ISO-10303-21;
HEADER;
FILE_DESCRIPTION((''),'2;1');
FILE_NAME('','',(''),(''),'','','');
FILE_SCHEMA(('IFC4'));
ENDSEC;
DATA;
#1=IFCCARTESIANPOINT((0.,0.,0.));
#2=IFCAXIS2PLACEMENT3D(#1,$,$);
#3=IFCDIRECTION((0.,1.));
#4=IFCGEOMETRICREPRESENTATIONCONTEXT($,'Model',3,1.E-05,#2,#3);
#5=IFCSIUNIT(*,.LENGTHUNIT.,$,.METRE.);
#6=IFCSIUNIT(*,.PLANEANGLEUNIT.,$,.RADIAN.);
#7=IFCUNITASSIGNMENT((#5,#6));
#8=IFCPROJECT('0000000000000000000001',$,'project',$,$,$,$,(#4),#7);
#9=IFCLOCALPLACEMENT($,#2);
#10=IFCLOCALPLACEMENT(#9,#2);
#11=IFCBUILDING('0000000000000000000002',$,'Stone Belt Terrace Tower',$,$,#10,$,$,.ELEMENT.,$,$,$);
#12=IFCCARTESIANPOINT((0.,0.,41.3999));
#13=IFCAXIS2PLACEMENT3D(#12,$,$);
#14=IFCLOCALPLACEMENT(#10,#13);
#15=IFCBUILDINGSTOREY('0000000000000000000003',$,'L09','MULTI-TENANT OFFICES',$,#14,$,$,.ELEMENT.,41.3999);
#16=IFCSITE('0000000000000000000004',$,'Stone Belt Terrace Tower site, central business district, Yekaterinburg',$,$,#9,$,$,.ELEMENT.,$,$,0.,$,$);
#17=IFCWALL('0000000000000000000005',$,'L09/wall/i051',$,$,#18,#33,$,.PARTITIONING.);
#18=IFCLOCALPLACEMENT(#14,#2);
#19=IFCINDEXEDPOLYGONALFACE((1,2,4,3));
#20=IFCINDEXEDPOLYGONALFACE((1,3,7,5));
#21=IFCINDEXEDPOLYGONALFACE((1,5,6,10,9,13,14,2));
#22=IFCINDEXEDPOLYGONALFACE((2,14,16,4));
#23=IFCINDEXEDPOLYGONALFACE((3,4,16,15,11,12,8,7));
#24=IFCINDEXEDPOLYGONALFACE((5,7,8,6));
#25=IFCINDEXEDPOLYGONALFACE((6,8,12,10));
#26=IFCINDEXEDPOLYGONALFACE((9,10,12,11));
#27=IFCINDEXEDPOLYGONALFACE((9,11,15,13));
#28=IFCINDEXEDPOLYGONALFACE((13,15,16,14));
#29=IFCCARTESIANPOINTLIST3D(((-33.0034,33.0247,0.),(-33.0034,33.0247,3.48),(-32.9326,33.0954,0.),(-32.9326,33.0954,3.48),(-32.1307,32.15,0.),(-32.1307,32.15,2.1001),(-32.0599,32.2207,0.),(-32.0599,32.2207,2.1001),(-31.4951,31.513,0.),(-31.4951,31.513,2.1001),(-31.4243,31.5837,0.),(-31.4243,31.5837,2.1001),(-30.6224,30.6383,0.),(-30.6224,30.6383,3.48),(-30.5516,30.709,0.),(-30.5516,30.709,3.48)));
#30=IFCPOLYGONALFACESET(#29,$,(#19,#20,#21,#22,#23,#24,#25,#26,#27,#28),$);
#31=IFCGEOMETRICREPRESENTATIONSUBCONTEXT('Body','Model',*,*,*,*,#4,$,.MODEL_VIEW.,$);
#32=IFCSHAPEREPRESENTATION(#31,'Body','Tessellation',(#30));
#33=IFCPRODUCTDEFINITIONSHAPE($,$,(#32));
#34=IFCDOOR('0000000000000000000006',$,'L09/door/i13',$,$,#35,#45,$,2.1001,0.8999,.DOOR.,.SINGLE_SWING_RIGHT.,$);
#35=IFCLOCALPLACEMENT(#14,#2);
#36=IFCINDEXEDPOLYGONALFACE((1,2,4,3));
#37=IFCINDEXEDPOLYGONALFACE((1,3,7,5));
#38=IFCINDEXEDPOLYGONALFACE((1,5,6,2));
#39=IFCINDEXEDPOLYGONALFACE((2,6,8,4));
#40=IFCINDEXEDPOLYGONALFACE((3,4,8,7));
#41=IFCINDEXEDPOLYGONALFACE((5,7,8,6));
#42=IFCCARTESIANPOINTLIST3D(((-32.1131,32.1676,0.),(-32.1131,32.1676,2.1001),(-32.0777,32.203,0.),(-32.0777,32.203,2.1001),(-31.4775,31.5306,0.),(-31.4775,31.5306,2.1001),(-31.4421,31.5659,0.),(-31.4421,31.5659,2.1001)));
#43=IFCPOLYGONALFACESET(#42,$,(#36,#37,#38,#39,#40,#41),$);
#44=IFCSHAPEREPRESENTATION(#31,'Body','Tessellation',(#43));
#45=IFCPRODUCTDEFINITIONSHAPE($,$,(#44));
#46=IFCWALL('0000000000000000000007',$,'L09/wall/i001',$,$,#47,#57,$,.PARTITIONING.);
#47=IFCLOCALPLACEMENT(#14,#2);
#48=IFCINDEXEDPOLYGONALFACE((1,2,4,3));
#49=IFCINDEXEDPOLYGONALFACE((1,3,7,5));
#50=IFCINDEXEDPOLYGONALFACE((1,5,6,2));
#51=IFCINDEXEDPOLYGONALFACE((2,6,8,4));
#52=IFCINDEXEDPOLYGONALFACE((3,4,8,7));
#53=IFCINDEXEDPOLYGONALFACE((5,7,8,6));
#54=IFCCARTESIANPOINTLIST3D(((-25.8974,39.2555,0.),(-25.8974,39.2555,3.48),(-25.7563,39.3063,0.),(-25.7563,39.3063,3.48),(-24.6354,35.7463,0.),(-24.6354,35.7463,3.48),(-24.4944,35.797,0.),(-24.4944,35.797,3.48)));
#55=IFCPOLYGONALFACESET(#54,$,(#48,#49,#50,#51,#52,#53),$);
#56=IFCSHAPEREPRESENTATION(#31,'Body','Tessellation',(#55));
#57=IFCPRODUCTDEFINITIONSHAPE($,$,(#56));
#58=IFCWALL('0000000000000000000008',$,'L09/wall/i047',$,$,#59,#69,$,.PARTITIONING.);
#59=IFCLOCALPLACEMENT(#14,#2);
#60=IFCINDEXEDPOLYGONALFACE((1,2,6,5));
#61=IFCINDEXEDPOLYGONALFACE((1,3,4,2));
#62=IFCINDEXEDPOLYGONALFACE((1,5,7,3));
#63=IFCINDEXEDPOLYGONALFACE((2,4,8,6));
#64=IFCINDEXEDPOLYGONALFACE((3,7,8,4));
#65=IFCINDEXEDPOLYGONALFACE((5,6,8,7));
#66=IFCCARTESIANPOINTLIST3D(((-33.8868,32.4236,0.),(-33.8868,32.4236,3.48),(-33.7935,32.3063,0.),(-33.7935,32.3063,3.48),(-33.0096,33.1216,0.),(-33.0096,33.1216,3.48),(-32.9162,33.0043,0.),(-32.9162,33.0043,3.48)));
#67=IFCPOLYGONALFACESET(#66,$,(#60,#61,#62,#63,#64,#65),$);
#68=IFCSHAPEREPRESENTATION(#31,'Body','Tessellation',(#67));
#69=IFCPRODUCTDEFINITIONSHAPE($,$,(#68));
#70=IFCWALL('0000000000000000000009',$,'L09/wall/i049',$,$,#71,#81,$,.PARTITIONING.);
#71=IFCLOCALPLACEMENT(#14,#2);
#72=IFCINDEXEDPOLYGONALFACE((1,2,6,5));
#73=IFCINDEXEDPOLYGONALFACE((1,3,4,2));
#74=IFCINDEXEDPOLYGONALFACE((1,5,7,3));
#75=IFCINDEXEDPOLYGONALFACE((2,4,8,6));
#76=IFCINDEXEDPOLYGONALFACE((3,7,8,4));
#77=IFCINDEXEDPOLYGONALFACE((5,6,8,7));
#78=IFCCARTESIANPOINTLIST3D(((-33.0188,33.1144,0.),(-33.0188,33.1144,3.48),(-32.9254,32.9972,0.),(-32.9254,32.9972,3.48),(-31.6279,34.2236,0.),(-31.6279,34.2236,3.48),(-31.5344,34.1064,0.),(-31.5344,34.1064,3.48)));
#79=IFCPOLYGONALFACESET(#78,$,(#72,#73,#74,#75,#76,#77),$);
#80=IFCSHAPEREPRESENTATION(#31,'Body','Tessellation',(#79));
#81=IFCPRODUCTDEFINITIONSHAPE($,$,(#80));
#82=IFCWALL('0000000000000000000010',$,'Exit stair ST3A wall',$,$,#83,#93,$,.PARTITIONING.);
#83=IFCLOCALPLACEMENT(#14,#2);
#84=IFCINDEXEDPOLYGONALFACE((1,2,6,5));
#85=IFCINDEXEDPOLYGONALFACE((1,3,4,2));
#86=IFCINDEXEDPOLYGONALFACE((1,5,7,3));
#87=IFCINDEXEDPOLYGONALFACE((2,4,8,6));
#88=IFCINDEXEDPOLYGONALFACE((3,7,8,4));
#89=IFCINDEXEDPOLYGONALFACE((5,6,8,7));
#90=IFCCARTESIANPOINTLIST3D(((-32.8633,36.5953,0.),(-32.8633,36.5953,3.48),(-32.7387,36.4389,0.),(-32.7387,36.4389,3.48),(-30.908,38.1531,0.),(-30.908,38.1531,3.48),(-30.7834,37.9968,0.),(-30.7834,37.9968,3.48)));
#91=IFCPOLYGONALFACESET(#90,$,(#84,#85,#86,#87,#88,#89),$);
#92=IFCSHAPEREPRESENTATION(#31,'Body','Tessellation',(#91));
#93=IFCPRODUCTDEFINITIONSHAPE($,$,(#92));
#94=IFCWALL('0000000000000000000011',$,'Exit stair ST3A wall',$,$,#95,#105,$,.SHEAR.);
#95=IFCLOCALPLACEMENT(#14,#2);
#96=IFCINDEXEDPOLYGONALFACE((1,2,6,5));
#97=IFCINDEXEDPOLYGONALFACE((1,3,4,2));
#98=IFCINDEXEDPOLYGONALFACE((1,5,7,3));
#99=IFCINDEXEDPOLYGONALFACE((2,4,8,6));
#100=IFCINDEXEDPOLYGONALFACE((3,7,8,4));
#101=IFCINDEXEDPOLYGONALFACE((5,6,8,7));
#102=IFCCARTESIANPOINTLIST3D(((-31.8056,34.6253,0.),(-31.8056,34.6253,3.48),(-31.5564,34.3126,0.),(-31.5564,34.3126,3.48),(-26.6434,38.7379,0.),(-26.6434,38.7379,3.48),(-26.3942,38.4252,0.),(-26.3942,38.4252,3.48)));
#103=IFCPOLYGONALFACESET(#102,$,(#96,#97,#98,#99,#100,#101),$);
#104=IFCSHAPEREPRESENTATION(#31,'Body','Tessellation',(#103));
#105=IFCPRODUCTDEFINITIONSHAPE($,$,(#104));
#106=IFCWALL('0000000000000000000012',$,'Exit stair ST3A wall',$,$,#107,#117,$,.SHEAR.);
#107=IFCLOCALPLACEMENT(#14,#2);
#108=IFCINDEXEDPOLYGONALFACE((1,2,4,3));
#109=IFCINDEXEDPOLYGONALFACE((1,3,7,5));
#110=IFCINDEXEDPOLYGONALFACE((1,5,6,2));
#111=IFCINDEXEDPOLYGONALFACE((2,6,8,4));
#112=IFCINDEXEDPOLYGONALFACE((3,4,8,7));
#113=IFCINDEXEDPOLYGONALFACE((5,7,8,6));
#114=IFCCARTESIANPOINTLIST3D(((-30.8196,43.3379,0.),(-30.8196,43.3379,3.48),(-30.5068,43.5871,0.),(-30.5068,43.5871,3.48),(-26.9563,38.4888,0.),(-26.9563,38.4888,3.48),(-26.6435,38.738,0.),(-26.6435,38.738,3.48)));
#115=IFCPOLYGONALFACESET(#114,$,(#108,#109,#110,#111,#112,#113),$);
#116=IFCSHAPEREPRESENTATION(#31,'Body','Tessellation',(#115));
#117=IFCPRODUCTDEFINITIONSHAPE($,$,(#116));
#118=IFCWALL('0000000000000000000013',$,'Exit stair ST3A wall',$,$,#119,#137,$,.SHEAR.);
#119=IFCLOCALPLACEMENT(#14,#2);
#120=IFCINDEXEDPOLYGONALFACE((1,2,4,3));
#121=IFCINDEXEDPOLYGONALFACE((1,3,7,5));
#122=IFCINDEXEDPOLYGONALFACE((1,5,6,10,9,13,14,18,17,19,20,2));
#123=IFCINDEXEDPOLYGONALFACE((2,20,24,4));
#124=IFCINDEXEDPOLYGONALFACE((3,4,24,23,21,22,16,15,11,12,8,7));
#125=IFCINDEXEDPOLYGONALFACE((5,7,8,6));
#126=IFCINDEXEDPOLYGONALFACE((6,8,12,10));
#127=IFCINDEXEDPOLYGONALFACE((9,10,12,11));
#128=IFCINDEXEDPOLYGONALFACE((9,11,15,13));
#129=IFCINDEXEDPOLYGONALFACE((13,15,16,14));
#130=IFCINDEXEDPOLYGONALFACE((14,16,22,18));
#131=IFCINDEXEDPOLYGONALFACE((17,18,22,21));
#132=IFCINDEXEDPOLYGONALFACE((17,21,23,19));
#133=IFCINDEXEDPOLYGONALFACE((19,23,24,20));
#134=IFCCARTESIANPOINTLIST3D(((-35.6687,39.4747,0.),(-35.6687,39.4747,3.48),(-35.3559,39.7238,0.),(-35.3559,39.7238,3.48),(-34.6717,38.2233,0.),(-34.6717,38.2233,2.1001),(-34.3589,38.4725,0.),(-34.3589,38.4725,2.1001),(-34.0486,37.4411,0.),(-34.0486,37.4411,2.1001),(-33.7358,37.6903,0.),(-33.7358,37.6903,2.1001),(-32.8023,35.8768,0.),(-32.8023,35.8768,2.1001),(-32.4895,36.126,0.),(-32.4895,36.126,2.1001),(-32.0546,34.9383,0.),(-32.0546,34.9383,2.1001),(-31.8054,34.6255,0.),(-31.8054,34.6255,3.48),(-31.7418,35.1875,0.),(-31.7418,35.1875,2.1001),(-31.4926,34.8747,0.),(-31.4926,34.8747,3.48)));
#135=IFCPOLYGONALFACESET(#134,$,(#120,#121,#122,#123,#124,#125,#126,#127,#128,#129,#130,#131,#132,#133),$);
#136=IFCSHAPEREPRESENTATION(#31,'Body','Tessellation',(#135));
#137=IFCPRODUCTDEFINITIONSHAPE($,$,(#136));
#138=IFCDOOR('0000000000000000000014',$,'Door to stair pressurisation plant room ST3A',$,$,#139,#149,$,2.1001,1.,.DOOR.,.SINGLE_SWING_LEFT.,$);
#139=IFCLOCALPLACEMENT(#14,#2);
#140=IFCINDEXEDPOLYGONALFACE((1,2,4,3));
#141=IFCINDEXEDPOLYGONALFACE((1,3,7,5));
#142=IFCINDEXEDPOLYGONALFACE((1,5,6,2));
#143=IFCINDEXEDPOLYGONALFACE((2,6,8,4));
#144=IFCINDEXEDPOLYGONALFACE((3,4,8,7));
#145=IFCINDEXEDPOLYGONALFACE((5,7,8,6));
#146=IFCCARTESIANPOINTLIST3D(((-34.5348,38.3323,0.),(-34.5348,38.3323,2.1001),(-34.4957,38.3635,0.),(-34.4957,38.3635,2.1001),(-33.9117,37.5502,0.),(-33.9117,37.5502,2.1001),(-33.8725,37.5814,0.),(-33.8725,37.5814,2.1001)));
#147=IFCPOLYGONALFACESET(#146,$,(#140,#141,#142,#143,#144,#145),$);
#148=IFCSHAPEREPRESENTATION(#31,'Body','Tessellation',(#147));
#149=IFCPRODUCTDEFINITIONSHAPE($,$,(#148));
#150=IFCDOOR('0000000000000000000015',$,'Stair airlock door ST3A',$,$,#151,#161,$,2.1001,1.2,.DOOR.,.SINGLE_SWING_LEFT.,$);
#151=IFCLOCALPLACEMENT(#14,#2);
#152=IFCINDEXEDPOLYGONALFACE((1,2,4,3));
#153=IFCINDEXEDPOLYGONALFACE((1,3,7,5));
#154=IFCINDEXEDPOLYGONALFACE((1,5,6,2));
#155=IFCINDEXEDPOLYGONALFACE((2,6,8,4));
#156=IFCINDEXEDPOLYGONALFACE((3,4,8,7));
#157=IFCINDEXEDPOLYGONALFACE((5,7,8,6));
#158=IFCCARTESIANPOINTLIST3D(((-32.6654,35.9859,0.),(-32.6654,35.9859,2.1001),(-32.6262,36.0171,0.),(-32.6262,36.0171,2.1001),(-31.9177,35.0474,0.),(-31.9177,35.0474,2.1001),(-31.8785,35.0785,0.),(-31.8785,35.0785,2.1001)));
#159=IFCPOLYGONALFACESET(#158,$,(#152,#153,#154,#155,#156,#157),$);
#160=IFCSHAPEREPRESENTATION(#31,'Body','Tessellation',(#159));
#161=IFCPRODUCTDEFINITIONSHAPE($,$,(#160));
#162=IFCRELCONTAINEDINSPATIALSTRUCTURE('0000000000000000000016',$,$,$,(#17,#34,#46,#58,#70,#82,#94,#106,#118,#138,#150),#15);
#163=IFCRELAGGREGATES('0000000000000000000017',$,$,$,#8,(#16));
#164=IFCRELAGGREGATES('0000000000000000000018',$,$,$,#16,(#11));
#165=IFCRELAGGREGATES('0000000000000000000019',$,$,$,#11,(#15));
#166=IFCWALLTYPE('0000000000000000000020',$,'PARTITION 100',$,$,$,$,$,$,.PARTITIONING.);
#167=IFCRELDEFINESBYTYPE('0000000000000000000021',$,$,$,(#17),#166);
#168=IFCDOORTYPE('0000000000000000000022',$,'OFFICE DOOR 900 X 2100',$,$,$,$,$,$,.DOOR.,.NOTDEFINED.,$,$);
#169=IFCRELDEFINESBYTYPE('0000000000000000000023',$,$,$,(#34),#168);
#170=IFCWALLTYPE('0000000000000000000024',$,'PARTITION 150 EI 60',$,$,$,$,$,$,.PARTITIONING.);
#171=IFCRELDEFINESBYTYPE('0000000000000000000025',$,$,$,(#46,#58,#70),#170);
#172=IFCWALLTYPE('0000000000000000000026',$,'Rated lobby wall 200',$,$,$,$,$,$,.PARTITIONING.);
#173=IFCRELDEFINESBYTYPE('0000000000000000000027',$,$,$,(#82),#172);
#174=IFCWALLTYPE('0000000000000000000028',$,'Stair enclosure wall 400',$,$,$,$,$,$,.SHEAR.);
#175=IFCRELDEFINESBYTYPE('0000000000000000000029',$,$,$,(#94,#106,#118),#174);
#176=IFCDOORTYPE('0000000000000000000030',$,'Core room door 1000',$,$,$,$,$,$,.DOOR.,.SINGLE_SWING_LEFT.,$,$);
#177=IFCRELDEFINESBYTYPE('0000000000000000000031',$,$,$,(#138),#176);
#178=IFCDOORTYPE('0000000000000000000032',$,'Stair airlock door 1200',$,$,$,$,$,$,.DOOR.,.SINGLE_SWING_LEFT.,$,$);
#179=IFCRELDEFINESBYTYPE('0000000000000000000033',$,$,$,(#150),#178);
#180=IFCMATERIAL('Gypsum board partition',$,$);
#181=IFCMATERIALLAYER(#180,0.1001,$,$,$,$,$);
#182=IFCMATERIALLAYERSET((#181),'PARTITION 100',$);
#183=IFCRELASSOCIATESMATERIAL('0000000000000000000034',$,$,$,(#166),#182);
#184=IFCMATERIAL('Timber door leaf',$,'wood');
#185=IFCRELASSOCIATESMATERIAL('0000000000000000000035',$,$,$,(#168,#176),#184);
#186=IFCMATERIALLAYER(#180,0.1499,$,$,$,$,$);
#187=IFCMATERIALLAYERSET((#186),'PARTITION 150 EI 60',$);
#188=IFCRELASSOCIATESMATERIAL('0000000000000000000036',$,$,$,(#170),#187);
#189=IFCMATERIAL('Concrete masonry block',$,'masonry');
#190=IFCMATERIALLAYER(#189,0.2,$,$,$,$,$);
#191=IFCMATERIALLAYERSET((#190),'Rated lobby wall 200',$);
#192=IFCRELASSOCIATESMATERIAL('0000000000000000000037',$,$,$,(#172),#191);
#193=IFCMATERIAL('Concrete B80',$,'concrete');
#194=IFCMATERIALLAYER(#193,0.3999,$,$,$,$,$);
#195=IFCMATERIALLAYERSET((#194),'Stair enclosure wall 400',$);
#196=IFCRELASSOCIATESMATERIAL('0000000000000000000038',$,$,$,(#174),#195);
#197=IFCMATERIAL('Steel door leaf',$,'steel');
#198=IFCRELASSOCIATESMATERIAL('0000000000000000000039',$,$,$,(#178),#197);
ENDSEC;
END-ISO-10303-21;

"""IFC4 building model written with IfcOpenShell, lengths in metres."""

from ifc_helpers import new_model, si_unit, direction, frame, frame_2d, origin, place, context, subcontext, project, spatial, rectangle, extrude, material, layer, layer_set, type_object, element, fill, save


model = new_model("IFC4")

# Units and contexts
model_context = context("Model", 3, precision=1e-05, world=origin(), true_north=direction((0.0, 1.0)))
body_context = subcontext(model_context, "Body", "Model", "MODEL_VIEW")
ifc_project = project(units=[si_unit("LENGTHUNIT", "METRE"), si_unit("PLANEANGLEUNIT", "RADIAN")], contexts=[model_context])

# Site, building, storey
site_placement = place(None, origin())
site = spatial("IfcSite", under=ifc_project, at=site_placement, Name="Stone Belt Terrace Tower site, central business district, Yekaterinburg", CompositionType="ELEMENT", RefElevation=0.0)
building_placement = place(site_placement, origin())
building = spatial("IfcBuilding", under=site, at=building_placement, Name="Stone Belt Terrace Tower", CompositionType="ELEMENT")
storey_placement = place(building_placement, frame((0.0, 0.0, 41.3999)))
storey = spatial("IfcBuildingStorey", under=building, at=storey_placement, Name="L09", Description="MULTI-TENANT OFFICES", CompositionType="ELEMENT", Elevation=41.3999)

# Shared definitions
ifc_material_1 = material(Name="Concrete B80", Category="concrete")

# Wall, opening, door
ifc_material_2 = material(Name="Gypsum board partition")
ifc_layer_1 = layer(ifc_material_2, 0.1001)
ifc_layer_set_1 = layer_set([ifc_layer_1], Name="PARTITION 100")
wall_type_1 = type_object("IfcWallType", Name="PARTITION 100", PredefinedType="PARTITIONING", material=ifc_layer_set_1)
wall_1_placement = place(storey_placement, frame((-32.968, 33.0601, 0.0), z_axis=(0.0, 0.0, 1.0), x_axis=(0.70631, -0.707903, 0.0)))
wall_1 = element("IfcWall", 1, at=wall_1_placement, inside=storey, type_object=wall_type_1, Name="L09/wall/i051", PredefinedType="PARTITIONING", context=body_context, shape_type="SweptSolid", body=[
    extrude(rectangle(XDim=3.3711, YDim=0.1001, at=frame_2d((1.6855, 0.0))), origin(), (0.0, 0.0, 1.0), 3.48),
])
opening_1_placement = place(wall_1_placement, frame((1.2356, 0.0, 0.0)))
opening_1 = element("IfcOpeningElement", 2, at=opening_1_placement, cuts=wall_1, PredefinedType="OPENING", context=body_context, shape_type="SweptSolid", body=[
    extrude(rectangle(XDim=0.8999, YDim=2.1001, at=frame_2d((0.45, 1.05))), frame((0.0, 0.0601, 0.0), z_axis=(0.0, -1.0, 0.0), x_axis=(1.0, 0.0, 0.0)), (0.0, 0.0, 1.0), 0.1201),
])
ifc_material_3 = material(Name="Timber door leaf", Category="wood")
door_type_1 = type_object("IfcDoorType", Name="OFFICE DOOR 900 X 2100", OperationType="NOTDEFINED", PredefinedType="DOOR", material=ifc_material_3)
door_1_placement = place(opening_1_placement, origin())
door_1 = element("IfcDoor", 3, at=door_1_placement, inside=storey, type_object=door_type_1, Name="L09/door/i13", OperationType="SINGLE_SWING_RIGHT", OverallHeight=2.1001, OverallWidth=0.8999, PredefinedType="DOOR", context=body_context, shape_type="SweptSolid", body=[
    extrude(rectangle(XDim=0.8999, YDim=2.1001, at=frame_2d((0.45, 1.05))), frame((0.0, 0.0249, 0.0), z_axis=(0.0, -1.0, 0.0), x_axis=(1.0, 0.0, 0.0)), (0.0, 0.0, 1.0), 0.05),
])
fill(opening_1, door_1)

# Walls
ifc_layer_2 = layer(ifc_material_2, 0.1499)
ifc_layer_set_2 = layer_set([ifc_layer_2], Name="PARTITION 150 EI 60")
wall_type_2 = type_object("IfcWallType", Name="PARTITION 150 EI 60", PredefinedType="PARTITIONING", material=ifc_layer_set_2)
wall_2_placement = place(storey_placement, frame((-25.8269, 39.281, 0.0), z_axis=(0.0, 0.0, 1.0), x_axis=(0.338393, -0.941005, 0.0)))
element("IfcWall", 4, at=wall_2_placement, inside=storey, type_object=wall_type_2, Name="L09/wall/i001", PredefinedType="PARTITIONING", context=body_context, shape_type="SweptSolid", body=[
    extrude(rectangle(XDim=3.7292, YDim=0.1499, at=frame_2d((1.8647, 0.0))), origin(), (0.0, 0.0, 1.0), 3.48),
])
wall_3_placement = place(storey_placement, frame((-32.9629, 33.063, 0.0), z_axis=(0.0, 0.0, 1.0), x_axis=(-0.782502, -0.622648, 0.0)))
element("IfcWall", 5, at=wall_3_placement, inside=storey, type_object=wall_type_2, Name="L09/wall/i047", PredefinedType="PARTITIONING", context=body_context, shape_type="SweptSolid", body=[
    extrude(rectangle(XDim=1.1211, YDim=0.1499, at=frame_2d((0.5605, 0.0))), origin(), (0.0, 0.0, 1.0), 3.48),
])
wall_4_placement = place(storey_placement, frame((-31.5811, 34.165, 0.0), z_axis=(0.0, 0.0, 1.0), x_axis=(-0.781845, -0.623473, 0.0)))
element("IfcWall", 6, at=wall_4_placement, inside=storey, type_object=wall_type_2, Name="L09/wall/i049", PredefinedType="PARTITIONING", context=body_context, shape_type="SweptSolid", body=[
    extrude(rectangle(XDim=1.7791, YDim=0.1499, at=frame_2d((0.8896, 0.0))), origin(), (0.0, 0.0, 1.0), 3.48),
])
ifc_material_4 = material(Name="Concrete masonry block", Category="masonry")
ifc_layer_3 = layer(ifc_material_4, 0.2)
ifc_layer_set_3 = layer_set([ifc_layer_3], Name="Rated lobby wall 200")
wall_type_3 = type_object("IfcWallType", Name="Rated lobby wall 200", PredefinedType="PARTITIONING", material=ifc_layer_set_3)
wall_5_placement = place(storey_placement, frame((-30.8457, 38.075, 0.0), z_axis=(0.0, 0.0, 1.0), x_axis=(-0.782115, -0.623134, 0.0)))
element("IfcWall", 7, at=wall_5_placement, inside=storey, type_object=wall_type_3, Name="Exit stair ST3A wall", PredefinedType="PARTITIONING", context=body_context, shape_type="SweptSolid", body=[
    extrude(rectangle(XDim=2.5, YDim=0.2, at=frame_2d((1.25, 0.0))), origin(), (0.0, 0.0, 1.0), 3.48),
])
ifc_layer_4 = layer(ifc_material_1, 0.3999)
ifc_layer_set_4 = layer_set([ifc_layer_4], Name="Stair enclosure wall 400")
wall_type_4 = type_object("IfcWallType", Name="Stair enclosure wall 400", PredefinedType="SHEAR", material=ifc_layer_set_4)
wall_6_placement = place(storey_placement, frame((-26.5188, 38.5815, 0.0), z_axis=(0.0, 0.0, 1.0), x_axis=(-0.782134, -0.62311, 0.0)))
element("IfcWall", 8, at=wall_6_placement, inside=storey, type_object=wall_type_4, Name="Exit stair ST3A wall", PredefinedType="SHEAR", context=body_context, shape_type="SweptSolid", body=[
    extrude(rectangle(XDim=6.6001, YDim=0.3999, at=frame_2d((3.3, 0.0))), origin(), (0.0, 0.0, 1.0), 3.48),
])
wall_7_placement = place(storey_placement, frame((-26.7998, 38.6133, 0.0), z_axis=(0.0, 0.0, 1.0), x_axis=(-0.623119, 0.782127, 0.0)))
element("IfcWall", 9, at=wall_7_placement, inside=storey, type_object=wall_type_4, Name="Exit stair ST3A wall", PredefinedType="SHEAR", context=body_context, shape_type="SweptSolid", body=[
    extrude(rectangle(XDim=6.2, YDim=0.3999, at=frame_2d((3.1001, 0.0))), origin(), (0.0, 0.0, 1.0), 3.48),
])

# Wall, openings, doors
wall_8_placement = place(storey_placement, frame((-31.6489, 34.75, 0.0), z_axis=(0.0, 0.0, 1.0), x_axis=(-0.623119, 0.782127, 0.0)))
wall_8 = element("IfcWall", 10, at=wall_8_placement, inside=storey, type_object=wall_type_4, Name="Exit stair ST3A wall", PredefinedType="SHEAR", context=body_context, shape_type="SweptSolid", body=[
    extrude(rectangle(XDim=6.2, YDim=0.3999, at=frame_2d((3.1001, 0.0))), origin(), (0.0, 0.0, 1.0), 3.48),
])
opening_2_placement = place(wall_8_placement, frame((0.3999, 0.0, 0.0)))
opening_2 = element("IfcOpeningElement", 11, at=opening_2_placement, cuts=wall_8, PredefinedType="OPENING", context=body_context, shape_type="SweptSolid", body=[
    extrude(rectangle(XDim=1.2, YDim=2.1001, at=frame_2d((0.6001, 1.05))), frame((0.0, 0.21, 0.0), z_axis=(0.0, -1.0, 0.0), x_axis=(1.0, 0.0, 0.0)), (0.0, 0.0, 1.0), 0.4199),
])
opening_3_placement = place(wall_8_placement, frame((3.6001, 0.0, 0.0)))
opening_3 = element("IfcOpeningElement", 12, at=opening_3_placement, cuts=wall_8, PredefinedType="OPENING", context=body_context, shape_type="SweptSolid", body=[
    extrude(rectangle(XDim=1.0, YDim=2.1001, at=frame_2d((0.5, 1.05))), frame((0.0, 0.21, 0.0), z_axis=(0.0, -1.0, 0.0), x_axis=(1.0, 0.0, 0.0)), (0.0, 0.0, 1.0), 0.4199),
])
door_type_2 = type_object("IfcDoorType", Name="Core room door 1000", OperationType="SINGLE_SWING_LEFT", PredefinedType="DOOR", material=ifc_material_3)
door_2_placement = place(opening_3_placement, origin())
door_2 = element("IfcDoor", 13, at=door_2_placement, inside=storey, type_object=door_type_2, Name="Door to stair pressurisation plant room ST3A", OperationType="SINGLE_SWING_LEFT", OverallHeight=2.1001, OverallWidth=1.0, PredefinedType="DOOR", context=body_context, shape_type="SweptSolid", body=[
    extrude(rectangle(XDim=1.0, YDim=2.1001, at=frame_2d((0.5, 1.05))), frame((0.0, 0.0249, 0.0), z_axis=(0.0, -1.0, 0.0), x_axis=(1.0, 0.0, 0.0)), (0.0, 0.0, 1.0), 0.05),
])
fill(opening_3, door_2)
ifc_material_5 = material(Name="Steel door leaf", Category="steel")
door_type_3 = type_object("IfcDoorType", Name="Stair airlock door 1200", OperationType="SINGLE_SWING_LEFT", PredefinedType="DOOR", material=ifc_material_5)
door_3_placement = place(opening_2_placement, origin())
door_3 = element("IfcDoor", 14, at=door_3_placement, inside=storey, type_object=door_type_3, Name="Stair airlock door ST3A", OperationType="SINGLE_SWING_LEFT", OverallHeight=2.1001, OverallWidth=1.2, PredefinedType="DOOR", context=body_context, shape_type="SweptSolid", body=[
    extrude(rectangle(XDim=1.2, YDim=2.1001, at=frame_2d((0.6001, 1.05))), frame((0.0, 0.0249, 0.0), z_axis=(0.0, -1.0, 0.0), x_axis=(1.0, 0.0, 0.0)), (0.0, 0.0, 1.0), 0.05),
])
fill(opening_2, door_3)

save(model, "model.ifc")
